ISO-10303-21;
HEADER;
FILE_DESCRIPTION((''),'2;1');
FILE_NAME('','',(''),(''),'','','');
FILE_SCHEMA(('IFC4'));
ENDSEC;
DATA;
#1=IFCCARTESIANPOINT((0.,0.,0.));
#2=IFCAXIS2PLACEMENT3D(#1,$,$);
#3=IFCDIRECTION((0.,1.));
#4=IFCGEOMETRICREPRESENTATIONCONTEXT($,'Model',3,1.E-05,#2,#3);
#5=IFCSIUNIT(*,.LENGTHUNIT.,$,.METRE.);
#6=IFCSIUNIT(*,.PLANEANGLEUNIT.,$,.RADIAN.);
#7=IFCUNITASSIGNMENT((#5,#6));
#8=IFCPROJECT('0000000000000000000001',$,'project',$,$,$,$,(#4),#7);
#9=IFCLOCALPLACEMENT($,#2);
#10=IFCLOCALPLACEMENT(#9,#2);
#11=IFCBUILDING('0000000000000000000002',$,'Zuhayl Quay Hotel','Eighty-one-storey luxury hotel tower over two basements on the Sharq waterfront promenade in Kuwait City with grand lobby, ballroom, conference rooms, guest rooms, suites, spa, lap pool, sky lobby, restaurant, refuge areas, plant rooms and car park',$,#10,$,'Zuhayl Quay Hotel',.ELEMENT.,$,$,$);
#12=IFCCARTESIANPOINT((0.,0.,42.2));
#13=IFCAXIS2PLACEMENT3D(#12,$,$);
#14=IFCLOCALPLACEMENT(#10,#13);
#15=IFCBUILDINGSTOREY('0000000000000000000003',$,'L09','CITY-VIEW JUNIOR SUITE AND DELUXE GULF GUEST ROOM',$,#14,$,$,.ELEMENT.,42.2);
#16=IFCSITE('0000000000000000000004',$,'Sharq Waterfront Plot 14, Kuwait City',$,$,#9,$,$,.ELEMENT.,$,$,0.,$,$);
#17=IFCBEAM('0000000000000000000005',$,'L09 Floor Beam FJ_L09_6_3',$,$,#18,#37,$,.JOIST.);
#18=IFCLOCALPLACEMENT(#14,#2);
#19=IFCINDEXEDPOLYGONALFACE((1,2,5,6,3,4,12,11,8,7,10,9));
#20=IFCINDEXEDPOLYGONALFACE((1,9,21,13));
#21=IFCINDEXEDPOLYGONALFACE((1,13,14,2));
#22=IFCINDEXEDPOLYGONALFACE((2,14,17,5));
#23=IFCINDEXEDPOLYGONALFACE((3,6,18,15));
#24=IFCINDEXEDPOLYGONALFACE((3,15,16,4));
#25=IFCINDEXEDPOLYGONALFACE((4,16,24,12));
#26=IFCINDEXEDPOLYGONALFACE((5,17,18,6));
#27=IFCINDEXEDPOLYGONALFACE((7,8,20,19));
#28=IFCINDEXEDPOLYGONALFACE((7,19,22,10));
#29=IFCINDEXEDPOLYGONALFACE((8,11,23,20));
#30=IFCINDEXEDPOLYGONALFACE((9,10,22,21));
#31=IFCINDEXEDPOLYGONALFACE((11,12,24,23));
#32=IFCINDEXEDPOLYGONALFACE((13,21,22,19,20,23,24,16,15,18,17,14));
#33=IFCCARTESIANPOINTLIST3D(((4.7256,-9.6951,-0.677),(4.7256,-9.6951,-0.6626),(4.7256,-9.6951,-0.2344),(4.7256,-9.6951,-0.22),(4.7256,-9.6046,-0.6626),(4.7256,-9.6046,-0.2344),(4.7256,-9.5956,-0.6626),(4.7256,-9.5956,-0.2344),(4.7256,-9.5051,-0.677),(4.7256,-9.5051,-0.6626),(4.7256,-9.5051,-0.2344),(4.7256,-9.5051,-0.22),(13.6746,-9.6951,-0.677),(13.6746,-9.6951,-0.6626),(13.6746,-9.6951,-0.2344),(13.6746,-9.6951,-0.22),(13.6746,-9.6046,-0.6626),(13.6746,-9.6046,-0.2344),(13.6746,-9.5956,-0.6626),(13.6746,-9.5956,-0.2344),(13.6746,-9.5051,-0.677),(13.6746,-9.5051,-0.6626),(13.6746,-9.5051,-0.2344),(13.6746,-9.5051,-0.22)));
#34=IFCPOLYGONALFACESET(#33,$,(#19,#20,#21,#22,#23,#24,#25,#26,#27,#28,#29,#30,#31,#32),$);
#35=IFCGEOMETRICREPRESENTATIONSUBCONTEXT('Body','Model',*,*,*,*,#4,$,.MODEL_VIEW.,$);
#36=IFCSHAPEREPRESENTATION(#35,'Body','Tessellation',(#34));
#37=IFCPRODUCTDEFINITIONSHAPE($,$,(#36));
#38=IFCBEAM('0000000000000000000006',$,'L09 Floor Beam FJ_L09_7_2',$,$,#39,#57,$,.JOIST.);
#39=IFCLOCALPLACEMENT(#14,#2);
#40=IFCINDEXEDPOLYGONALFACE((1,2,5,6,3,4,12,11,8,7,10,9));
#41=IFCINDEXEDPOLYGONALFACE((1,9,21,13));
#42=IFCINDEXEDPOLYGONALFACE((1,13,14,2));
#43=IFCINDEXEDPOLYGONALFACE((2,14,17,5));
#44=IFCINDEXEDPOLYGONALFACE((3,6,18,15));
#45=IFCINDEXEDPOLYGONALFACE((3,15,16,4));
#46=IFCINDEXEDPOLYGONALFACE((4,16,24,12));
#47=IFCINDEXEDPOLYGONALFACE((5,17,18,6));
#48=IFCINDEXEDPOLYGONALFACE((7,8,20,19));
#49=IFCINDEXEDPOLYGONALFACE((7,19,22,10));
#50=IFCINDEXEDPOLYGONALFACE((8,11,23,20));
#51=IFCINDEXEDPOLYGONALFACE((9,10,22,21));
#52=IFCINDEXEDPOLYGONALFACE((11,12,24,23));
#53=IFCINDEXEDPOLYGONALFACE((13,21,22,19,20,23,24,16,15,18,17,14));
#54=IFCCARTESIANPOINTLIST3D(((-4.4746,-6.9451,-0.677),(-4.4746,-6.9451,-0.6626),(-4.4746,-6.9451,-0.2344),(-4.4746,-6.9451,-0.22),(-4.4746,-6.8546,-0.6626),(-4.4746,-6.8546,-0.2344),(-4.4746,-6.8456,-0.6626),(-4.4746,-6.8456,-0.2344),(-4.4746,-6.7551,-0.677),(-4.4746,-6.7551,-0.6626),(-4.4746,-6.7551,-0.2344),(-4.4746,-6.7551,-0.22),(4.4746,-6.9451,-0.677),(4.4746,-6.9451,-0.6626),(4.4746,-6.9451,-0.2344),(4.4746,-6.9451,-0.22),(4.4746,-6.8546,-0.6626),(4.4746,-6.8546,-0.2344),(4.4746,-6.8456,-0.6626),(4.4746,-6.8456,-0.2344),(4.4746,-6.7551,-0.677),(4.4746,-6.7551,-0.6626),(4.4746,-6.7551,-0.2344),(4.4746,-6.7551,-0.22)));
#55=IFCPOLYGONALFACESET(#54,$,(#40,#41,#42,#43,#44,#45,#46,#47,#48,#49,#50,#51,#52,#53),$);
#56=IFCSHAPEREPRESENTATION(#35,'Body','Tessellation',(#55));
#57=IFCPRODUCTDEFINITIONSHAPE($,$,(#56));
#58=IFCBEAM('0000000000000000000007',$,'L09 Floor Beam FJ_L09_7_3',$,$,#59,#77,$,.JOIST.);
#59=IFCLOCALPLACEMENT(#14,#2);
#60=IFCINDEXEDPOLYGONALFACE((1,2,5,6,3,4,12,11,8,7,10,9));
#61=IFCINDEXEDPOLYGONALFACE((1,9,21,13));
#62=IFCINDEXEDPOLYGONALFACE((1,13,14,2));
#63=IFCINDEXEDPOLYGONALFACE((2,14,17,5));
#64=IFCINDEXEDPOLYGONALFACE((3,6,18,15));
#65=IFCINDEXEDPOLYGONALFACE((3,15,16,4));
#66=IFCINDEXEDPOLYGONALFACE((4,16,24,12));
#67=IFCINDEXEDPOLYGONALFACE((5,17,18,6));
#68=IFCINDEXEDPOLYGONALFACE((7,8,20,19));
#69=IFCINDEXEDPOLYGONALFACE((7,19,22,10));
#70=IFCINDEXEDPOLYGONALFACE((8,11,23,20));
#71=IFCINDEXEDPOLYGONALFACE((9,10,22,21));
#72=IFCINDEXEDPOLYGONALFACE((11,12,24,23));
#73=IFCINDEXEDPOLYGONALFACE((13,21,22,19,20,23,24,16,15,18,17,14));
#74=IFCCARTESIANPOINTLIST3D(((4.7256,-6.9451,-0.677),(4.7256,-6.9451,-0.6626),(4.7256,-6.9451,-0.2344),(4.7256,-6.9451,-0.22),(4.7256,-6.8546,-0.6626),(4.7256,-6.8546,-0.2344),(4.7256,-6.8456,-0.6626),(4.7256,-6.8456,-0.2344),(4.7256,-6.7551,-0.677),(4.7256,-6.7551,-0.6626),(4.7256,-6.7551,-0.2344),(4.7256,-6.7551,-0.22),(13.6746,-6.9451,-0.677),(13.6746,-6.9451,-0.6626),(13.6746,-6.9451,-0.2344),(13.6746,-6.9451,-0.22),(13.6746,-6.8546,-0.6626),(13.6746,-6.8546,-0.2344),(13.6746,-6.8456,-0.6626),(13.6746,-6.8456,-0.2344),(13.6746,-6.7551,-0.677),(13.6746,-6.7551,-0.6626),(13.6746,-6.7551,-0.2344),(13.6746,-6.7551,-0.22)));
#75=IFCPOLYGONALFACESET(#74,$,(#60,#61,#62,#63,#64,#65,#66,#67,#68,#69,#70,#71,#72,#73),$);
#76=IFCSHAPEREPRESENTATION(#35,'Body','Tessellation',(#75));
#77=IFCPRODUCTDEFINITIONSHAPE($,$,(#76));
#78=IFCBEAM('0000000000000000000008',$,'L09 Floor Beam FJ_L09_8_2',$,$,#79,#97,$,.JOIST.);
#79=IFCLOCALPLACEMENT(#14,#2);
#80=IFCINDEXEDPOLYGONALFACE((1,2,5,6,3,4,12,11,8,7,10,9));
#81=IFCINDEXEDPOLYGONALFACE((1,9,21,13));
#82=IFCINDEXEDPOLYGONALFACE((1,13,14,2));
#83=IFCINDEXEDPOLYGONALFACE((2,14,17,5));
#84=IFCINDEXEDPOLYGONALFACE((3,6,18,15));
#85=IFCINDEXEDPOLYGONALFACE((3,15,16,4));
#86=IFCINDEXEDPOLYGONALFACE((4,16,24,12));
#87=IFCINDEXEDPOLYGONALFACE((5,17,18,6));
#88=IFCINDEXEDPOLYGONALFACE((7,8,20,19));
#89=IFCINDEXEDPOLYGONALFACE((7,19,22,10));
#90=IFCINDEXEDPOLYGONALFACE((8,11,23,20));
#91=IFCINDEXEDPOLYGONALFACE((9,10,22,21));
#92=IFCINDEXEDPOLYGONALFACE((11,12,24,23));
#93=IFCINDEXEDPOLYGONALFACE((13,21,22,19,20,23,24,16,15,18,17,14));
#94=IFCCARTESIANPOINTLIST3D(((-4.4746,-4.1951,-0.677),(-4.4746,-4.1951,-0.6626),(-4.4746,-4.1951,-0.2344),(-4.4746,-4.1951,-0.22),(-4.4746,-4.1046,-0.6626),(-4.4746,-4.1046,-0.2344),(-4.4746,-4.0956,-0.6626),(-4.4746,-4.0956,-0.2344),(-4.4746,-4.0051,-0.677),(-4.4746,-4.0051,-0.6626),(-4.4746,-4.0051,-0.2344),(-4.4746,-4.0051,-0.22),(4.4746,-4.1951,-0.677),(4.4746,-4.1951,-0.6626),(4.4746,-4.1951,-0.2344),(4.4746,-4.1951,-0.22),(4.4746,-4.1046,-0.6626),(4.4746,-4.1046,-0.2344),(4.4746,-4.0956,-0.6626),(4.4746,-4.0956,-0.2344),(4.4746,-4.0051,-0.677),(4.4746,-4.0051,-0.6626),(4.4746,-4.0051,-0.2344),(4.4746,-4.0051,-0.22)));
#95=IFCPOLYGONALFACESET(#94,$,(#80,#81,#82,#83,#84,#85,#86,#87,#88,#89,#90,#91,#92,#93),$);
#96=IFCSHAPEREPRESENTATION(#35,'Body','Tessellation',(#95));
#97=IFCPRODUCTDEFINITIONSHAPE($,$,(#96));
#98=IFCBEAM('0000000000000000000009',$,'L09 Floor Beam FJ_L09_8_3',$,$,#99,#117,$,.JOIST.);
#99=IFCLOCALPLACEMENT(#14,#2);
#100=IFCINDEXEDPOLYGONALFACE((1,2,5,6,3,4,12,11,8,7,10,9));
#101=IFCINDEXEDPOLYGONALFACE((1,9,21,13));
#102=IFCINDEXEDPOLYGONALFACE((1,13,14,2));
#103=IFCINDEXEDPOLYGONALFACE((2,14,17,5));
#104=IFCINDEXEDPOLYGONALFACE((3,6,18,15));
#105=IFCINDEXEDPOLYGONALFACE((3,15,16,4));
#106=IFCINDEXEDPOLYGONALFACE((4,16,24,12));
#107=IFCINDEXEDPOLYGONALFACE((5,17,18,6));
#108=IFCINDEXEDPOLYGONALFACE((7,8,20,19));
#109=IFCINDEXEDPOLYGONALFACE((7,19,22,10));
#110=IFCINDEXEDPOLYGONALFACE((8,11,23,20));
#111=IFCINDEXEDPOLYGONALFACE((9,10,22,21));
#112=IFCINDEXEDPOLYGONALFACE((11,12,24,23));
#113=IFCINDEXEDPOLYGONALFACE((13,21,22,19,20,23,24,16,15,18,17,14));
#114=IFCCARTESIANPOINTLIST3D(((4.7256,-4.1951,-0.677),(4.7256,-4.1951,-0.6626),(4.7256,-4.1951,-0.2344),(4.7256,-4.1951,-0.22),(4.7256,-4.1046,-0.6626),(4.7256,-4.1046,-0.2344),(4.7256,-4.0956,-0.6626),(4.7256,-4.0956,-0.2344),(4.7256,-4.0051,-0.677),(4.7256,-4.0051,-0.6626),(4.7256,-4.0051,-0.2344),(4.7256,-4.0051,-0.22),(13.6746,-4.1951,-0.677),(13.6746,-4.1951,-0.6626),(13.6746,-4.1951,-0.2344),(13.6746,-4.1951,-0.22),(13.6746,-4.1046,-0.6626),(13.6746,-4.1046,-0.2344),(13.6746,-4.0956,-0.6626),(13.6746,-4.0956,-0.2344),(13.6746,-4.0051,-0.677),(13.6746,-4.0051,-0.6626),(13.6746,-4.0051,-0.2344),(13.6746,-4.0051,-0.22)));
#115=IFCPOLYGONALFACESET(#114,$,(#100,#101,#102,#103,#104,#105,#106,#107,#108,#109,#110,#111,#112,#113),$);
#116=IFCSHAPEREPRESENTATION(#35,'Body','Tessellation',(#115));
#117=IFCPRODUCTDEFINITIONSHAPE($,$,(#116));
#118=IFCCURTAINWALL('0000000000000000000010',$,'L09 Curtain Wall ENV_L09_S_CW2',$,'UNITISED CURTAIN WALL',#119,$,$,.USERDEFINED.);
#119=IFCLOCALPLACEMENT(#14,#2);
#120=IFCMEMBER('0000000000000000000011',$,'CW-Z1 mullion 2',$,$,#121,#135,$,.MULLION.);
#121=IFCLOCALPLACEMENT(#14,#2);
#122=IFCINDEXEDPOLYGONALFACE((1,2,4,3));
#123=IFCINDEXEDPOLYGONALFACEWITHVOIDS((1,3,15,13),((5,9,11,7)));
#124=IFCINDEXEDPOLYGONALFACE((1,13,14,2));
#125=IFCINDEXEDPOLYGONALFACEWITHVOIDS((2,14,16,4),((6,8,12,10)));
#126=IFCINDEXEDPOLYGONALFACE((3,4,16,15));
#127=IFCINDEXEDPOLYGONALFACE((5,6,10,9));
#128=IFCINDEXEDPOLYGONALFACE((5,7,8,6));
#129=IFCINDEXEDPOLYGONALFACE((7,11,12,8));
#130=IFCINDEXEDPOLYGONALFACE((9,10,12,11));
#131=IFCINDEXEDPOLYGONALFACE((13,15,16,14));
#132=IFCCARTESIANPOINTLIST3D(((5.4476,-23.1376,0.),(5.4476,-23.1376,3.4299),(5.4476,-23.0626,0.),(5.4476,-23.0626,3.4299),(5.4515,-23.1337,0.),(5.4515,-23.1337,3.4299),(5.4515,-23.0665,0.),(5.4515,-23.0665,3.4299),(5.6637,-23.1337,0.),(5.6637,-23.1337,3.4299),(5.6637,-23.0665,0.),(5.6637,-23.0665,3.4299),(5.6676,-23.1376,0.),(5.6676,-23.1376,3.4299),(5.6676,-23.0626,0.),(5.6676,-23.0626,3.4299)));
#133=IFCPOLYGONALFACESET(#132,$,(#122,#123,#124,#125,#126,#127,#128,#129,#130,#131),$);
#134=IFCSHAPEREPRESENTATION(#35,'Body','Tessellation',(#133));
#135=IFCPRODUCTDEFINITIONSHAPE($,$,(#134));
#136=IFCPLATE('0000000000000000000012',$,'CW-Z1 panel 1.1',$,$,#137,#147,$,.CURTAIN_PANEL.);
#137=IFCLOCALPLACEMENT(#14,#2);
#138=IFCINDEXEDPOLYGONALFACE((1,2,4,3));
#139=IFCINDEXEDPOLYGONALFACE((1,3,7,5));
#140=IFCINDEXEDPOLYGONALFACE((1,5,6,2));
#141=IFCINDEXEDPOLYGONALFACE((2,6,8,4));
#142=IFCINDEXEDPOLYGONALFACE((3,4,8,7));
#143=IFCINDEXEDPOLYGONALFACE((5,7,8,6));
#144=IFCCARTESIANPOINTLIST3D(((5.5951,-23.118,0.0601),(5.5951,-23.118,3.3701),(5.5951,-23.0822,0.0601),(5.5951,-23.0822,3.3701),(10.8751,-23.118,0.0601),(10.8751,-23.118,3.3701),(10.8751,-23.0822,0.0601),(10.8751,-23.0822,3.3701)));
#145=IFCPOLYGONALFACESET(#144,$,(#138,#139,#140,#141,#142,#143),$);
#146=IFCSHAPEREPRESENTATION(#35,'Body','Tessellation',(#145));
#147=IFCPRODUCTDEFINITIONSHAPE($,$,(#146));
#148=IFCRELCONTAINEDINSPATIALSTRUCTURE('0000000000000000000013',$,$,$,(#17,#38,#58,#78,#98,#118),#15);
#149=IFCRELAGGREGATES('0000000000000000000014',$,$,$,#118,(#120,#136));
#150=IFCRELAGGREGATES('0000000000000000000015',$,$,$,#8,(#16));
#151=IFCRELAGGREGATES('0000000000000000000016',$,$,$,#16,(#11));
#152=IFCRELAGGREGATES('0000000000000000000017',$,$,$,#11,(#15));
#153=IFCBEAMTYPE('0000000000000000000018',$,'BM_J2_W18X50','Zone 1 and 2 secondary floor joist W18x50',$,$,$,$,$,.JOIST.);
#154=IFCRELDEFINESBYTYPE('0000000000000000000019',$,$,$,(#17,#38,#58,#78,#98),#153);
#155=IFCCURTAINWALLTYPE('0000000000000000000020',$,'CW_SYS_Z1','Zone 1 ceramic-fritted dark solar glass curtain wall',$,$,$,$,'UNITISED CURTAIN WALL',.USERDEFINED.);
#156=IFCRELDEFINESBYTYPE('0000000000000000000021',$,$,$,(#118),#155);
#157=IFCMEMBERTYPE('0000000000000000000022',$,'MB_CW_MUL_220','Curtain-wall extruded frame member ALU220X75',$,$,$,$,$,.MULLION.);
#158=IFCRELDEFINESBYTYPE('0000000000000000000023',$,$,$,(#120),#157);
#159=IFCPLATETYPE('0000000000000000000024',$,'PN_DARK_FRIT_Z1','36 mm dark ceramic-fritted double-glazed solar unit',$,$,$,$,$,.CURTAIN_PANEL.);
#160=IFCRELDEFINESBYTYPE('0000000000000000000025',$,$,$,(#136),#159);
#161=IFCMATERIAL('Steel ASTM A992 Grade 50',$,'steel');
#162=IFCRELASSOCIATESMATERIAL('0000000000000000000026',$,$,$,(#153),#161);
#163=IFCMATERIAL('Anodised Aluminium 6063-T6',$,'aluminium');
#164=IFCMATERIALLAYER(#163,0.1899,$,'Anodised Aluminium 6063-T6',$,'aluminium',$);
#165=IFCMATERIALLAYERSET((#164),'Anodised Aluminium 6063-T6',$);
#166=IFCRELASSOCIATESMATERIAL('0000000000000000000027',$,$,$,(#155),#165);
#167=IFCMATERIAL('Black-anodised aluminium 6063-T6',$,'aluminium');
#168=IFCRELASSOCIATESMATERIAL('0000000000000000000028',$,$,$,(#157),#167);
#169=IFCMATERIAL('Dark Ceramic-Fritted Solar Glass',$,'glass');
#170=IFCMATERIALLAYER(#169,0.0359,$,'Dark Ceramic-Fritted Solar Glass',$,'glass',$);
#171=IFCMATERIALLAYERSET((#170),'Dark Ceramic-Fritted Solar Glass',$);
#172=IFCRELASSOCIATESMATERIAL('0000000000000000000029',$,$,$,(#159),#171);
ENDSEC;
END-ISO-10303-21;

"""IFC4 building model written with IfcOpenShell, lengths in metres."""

from ifc_helpers import new_model, si_unit, direction, frame, origin, origin_2d, place, context, subcontext, project, spatial, rectangle, hollow_rectangle, i_section, extrude, material, layer, layer_set, material_profile, profile_set, type_object, element, aggregate, save


model = new_model("IFC4")

# Units and contexts
model_context = context("Model", 3, precision=1e-05, world=origin(), true_north=direction((0.0, 1.0)))
body_context = subcontext(model_context, "Body", "Model", "MODEL_VIEW")
ifc_project = project(units=[si_unit("LENGTHUNIT", "METRE"), si_unit("PLANEANGLEUNIT", "RADIAN")], contexts=[model_context])

# Site, building, storey
site_placement = place(None, origin())
site = spatial("IfcSite", under=ifc_project, at=site_placement, Name="Sharq Waterfront Plot 14, Kuwait City", CompositionType="ELEMENT", RefElevation=0.0)
building_placement = place(site_placement, origin())
building = spatial("IfcBuilding", under=site, at=building_placement, Name="Zuhayl Quay Hotel", Description="Eighty-one-storey luxury hotel tower over two basements on the Sharq waterfront promenade in Kuwait City with grand lobby, ballroom, conference rooms, guest rooms, suites, spa, lap pool, sky lobby, restaurant, refuge areas, plant rooms and car park", LongName="Zuhayl Quay Hotel", CompositionType="ELEMENT")
storey_placement = place(building_placement, frame((0.0, 0.0, 42.2)))
storey = spatial("IfcBuildingStorey", under=building, at=storey_placement, Name="L09", Description="CITY-VIEW JUNIOR SUITE AND DELUXE GULF GUEST ROOM", CompositionType="ELEMENT", Elevation=42.2)

# Beams
ifc_material_1 = material(Name="Steel ASTM A992 Grade 50", Category="steel")
ifc_material_profile_1 = material_profile(ifc_material_1, i_section(OverallWidth=0.1899, OverallDepth=0.457, WebThickness=0.009, FlangeThickness=0.0144, at=origin_2d()), Name="W18X50")
ifc_profile_set_1 = profile_set([ifc_material_profile_1], Name="Steel ASTM A992 Grade 50")
beam_type_1 = type_object("IfcBeamType", Name="BM_J2_W18X50", Description="Zone 1 and 2 secondary floor joist W18x50", PredefinedType="JOIST", material=ifc_profile_set_1)
beam_1_placement = place(storey_placement, frame((4.7256, -9.6001, -0.4485), z_axis=(1.0, 0.0, 0.0), x_axis=(0.0, 1.0, 0.0)))
element("IfcBeam", 1, at=beam_1_placement, inside=storey, type_object=beam_type_1, Name="L09 Floor Beam FJ_L09_6_3", PredefinedType="JOIST", context=body_context, shape_type="SweptSolid", body=[
    extrude(i_section(OverallWidth=0.1899, OverallDepth=0.457, WebThickness=0.009, FlangeThickness=0.0144, at=origin_2d()), origin(), (0.0, 0.0, 1.0), 8.949),
])
beam_2_placement = place(storey_placement, frame((-4.4746, -6.8501, -0.4485), z_axis=(1.0, 0.0, 0.0), x_axis=(0.0, 1.0, 0.0)))
element("IfcBeam", 2, at=beam_2_placement, inside=storey, type_object=beam_type_1, Name="L09 Floor Beam FJ_L09_7_2", PredefinedType="JOIST", context=body_context, shape_type="SweptSolid", body=[
    extrude(i_section(OverallWidth=0.1899, OverallDepth=0.457, WebThickness=0.009, FlangeThickness=0.0144, at=origin_2d()), origin(), (0.0, 0.0, 1.0), 8.9492),
])
beam_3_placement = place(storey_placement, frame((4.7256, -6.8501, -0.4485), z_axis=(1.0, 0.0, 0.0), x_axis=(0.0, 1.0, 0.0)))
element("IfcBeam", 3, at=beam_3_placement, inside=storey, type_object=beam_type_1, Name="L09 Floor Beam FJ_L09_7_3", PredefinedType="JOIST", context=body_context, shape_type="SweptSolid", body=[
    extrude(i_section(OverallWidth=0.1899, OverallDepth=0.457, WebThickness=0.009, FlangeThickness=0.0144, at=origin_2d()), origin(), (0.0, 0.0, 1.0), 8.949),
])
beam_4_placement = place(storey_placement, frame((-4.4746, -4.1001, -0.4485), z_axis=(1.0, 0.0, 0.0), x_axis=(0.0, 1.0, 0.0)))
element("IfcBeam", 4, at=beam_4_placement, inside=storey, type_object=beam_type_1, Name="L09 Floor Beam FJ_L09_8_2", PredefinedType="JOIST", context=body_context, shape_type="SweptSolid", body=[
    extrude(i_section(OverallWidth=0.1899, OverallDepth=0.457, WebThickness=0.009, FlangeThickness=0.0144, at=origin_2d()), origin(), (0.0, 0.0, 1.0), 8.9492),
])
beam_5_placement = place(storey_placement, frame((4.7256, -4.1001, -0.4485), z_axis=(1.0, 0.0, 0.0), x_axis=(0.0, 1.0, 0.0)))
element("IfcBeam", 5, at=beam_5_placement, inside=storey, type_object=beam_type_1, Name="L09 Floor Beam FJ_L09_8_3", PredefinedType="JOIST", context=body_context, shape_type="SweptSolid", body=[
    extrude(i_section(OverallWidth=0.1899, OverallDepth=0.457, WebThickness=0.009, FlangeThickness=0.0144, at=origin_2d()), origin(), (0.0, 0.0, 1.0), 8.949),
])

# Curtain wall, member, plate
ifc_material_2 = material(Name="Anodised Aluminium 6063-T6", Category="aluminium")
ifc_layer_1 = layer(ifc_material_2, 0.1899, Name="Anodised Aluminium 6063-T6", Category="aluminium")
ifc_layer_set_1 = layer_set([ifc_layer_1], Name="Anodised Aluminium 6063-T6")
curtain_wall_type = type_object("IfcCurtainWallType", Name="CW_SYS_Z1", Description="Zone 1 ceramic-fritted dark solar glass curtain wall", ElementType="UNITISED CURTAIN WALL", PredefinedType="USERDEFINED", material=ifc_layer_set_1)
curtain_wall_placement = place(storey_placement, origin())
curtain_wall = element("IfcCurtainWall", 6, at=curtain_wall_placement, inside=storey, type_object=curtain_wall_type, Name="L09 Curtain Wall ENV_L09_S_CW2", ObjectType="UNITISED CURTAIN WALL", PredefinedType="USERDEFINED")
ifc_material_3 = material(Name="Black-anodised aluminium 6063-T6", Category="aluminium")
ifc_material_profile_2 = material_profile(ifc_material_3, hollow_rectangle(XDim=0.075, YDim=0.22, WallThickness=0.0039, at=origin_2d()), Name="ALU220X75")
ifc_profile_set_2 = profile_set([ifc_material_profile_2], Name="Black-anodised aluminium 6063-T6")
member_type = type_object("IfcMemberType", Name="MB_CW_MUL_220", Description="Curtain-wall extruded frame member ALU220X75", PredefinedType="MULLION", material=ifc_profile_set_2)
member_placement = place(storey_placement, frame((5.5576, -23.1001, 0.0), z_axis=(0.0, 0.0, 1.0), x_axis=(0.0, -1.0, 0.0)))
member = element("IfcMember", 7, at=member_placement, type_object=member_type, Name="CW-Z1 mullion 2", PredefinedType="MULLION", context=body_context, shape_type="SweptSolid", body=[
    extrude(hollow_rectangle(XDim=0.075, YDim=0.22, WallThickness=0.0039, at=origin_2d()), origin(), (0.0, 0.0, 1.0), 3.4299),
])
ifc_material_4 = material(Name="Dark Ceramic-Fritted Solar Glass", Category="glass")
ifc_layer_2 = layer(ifc_material_4, 0.0359, Name="Dark Ceramic-Fritted Solar Glass", Category="glass")
ifc_layer_set_2 = layer_set([ifc_layer_2], Name="Dark Ceramic-Fritted Solar Glass")
plate_type = type_object("IfcPlateType", Name="PN_DARK_FRIT_Z1", Description="36 mm dark ceramic-fritted double-glazed solar unit", PredefinedType="CURTAIN_PANEL", material=ifc_layer_set_2)
plate_placement = place(storey_placement, frame((8.2351, -23.1001, 0.0601), z_axis=(0.0, 0.0, 1.0), x_axis=(-1.0, 0.0, 0.0)))
plate = element("IfcPlate", 8, at=plate_placement, type_object=plate_type, Name="CW-Z1 panel 1.1", PredefinedType="CURTAIN_PANEL", context=body_context, shape_type="SweptSolid", body=[
    extrude(rectangle(XDim=5.28, YDim=0.0359, at=origin_2d()), origin(), (0.0, 0.0, 1.0), 3.3101),
])
aggregate(curtain_wall, [member, plate])

save(model, "model.ifc")
